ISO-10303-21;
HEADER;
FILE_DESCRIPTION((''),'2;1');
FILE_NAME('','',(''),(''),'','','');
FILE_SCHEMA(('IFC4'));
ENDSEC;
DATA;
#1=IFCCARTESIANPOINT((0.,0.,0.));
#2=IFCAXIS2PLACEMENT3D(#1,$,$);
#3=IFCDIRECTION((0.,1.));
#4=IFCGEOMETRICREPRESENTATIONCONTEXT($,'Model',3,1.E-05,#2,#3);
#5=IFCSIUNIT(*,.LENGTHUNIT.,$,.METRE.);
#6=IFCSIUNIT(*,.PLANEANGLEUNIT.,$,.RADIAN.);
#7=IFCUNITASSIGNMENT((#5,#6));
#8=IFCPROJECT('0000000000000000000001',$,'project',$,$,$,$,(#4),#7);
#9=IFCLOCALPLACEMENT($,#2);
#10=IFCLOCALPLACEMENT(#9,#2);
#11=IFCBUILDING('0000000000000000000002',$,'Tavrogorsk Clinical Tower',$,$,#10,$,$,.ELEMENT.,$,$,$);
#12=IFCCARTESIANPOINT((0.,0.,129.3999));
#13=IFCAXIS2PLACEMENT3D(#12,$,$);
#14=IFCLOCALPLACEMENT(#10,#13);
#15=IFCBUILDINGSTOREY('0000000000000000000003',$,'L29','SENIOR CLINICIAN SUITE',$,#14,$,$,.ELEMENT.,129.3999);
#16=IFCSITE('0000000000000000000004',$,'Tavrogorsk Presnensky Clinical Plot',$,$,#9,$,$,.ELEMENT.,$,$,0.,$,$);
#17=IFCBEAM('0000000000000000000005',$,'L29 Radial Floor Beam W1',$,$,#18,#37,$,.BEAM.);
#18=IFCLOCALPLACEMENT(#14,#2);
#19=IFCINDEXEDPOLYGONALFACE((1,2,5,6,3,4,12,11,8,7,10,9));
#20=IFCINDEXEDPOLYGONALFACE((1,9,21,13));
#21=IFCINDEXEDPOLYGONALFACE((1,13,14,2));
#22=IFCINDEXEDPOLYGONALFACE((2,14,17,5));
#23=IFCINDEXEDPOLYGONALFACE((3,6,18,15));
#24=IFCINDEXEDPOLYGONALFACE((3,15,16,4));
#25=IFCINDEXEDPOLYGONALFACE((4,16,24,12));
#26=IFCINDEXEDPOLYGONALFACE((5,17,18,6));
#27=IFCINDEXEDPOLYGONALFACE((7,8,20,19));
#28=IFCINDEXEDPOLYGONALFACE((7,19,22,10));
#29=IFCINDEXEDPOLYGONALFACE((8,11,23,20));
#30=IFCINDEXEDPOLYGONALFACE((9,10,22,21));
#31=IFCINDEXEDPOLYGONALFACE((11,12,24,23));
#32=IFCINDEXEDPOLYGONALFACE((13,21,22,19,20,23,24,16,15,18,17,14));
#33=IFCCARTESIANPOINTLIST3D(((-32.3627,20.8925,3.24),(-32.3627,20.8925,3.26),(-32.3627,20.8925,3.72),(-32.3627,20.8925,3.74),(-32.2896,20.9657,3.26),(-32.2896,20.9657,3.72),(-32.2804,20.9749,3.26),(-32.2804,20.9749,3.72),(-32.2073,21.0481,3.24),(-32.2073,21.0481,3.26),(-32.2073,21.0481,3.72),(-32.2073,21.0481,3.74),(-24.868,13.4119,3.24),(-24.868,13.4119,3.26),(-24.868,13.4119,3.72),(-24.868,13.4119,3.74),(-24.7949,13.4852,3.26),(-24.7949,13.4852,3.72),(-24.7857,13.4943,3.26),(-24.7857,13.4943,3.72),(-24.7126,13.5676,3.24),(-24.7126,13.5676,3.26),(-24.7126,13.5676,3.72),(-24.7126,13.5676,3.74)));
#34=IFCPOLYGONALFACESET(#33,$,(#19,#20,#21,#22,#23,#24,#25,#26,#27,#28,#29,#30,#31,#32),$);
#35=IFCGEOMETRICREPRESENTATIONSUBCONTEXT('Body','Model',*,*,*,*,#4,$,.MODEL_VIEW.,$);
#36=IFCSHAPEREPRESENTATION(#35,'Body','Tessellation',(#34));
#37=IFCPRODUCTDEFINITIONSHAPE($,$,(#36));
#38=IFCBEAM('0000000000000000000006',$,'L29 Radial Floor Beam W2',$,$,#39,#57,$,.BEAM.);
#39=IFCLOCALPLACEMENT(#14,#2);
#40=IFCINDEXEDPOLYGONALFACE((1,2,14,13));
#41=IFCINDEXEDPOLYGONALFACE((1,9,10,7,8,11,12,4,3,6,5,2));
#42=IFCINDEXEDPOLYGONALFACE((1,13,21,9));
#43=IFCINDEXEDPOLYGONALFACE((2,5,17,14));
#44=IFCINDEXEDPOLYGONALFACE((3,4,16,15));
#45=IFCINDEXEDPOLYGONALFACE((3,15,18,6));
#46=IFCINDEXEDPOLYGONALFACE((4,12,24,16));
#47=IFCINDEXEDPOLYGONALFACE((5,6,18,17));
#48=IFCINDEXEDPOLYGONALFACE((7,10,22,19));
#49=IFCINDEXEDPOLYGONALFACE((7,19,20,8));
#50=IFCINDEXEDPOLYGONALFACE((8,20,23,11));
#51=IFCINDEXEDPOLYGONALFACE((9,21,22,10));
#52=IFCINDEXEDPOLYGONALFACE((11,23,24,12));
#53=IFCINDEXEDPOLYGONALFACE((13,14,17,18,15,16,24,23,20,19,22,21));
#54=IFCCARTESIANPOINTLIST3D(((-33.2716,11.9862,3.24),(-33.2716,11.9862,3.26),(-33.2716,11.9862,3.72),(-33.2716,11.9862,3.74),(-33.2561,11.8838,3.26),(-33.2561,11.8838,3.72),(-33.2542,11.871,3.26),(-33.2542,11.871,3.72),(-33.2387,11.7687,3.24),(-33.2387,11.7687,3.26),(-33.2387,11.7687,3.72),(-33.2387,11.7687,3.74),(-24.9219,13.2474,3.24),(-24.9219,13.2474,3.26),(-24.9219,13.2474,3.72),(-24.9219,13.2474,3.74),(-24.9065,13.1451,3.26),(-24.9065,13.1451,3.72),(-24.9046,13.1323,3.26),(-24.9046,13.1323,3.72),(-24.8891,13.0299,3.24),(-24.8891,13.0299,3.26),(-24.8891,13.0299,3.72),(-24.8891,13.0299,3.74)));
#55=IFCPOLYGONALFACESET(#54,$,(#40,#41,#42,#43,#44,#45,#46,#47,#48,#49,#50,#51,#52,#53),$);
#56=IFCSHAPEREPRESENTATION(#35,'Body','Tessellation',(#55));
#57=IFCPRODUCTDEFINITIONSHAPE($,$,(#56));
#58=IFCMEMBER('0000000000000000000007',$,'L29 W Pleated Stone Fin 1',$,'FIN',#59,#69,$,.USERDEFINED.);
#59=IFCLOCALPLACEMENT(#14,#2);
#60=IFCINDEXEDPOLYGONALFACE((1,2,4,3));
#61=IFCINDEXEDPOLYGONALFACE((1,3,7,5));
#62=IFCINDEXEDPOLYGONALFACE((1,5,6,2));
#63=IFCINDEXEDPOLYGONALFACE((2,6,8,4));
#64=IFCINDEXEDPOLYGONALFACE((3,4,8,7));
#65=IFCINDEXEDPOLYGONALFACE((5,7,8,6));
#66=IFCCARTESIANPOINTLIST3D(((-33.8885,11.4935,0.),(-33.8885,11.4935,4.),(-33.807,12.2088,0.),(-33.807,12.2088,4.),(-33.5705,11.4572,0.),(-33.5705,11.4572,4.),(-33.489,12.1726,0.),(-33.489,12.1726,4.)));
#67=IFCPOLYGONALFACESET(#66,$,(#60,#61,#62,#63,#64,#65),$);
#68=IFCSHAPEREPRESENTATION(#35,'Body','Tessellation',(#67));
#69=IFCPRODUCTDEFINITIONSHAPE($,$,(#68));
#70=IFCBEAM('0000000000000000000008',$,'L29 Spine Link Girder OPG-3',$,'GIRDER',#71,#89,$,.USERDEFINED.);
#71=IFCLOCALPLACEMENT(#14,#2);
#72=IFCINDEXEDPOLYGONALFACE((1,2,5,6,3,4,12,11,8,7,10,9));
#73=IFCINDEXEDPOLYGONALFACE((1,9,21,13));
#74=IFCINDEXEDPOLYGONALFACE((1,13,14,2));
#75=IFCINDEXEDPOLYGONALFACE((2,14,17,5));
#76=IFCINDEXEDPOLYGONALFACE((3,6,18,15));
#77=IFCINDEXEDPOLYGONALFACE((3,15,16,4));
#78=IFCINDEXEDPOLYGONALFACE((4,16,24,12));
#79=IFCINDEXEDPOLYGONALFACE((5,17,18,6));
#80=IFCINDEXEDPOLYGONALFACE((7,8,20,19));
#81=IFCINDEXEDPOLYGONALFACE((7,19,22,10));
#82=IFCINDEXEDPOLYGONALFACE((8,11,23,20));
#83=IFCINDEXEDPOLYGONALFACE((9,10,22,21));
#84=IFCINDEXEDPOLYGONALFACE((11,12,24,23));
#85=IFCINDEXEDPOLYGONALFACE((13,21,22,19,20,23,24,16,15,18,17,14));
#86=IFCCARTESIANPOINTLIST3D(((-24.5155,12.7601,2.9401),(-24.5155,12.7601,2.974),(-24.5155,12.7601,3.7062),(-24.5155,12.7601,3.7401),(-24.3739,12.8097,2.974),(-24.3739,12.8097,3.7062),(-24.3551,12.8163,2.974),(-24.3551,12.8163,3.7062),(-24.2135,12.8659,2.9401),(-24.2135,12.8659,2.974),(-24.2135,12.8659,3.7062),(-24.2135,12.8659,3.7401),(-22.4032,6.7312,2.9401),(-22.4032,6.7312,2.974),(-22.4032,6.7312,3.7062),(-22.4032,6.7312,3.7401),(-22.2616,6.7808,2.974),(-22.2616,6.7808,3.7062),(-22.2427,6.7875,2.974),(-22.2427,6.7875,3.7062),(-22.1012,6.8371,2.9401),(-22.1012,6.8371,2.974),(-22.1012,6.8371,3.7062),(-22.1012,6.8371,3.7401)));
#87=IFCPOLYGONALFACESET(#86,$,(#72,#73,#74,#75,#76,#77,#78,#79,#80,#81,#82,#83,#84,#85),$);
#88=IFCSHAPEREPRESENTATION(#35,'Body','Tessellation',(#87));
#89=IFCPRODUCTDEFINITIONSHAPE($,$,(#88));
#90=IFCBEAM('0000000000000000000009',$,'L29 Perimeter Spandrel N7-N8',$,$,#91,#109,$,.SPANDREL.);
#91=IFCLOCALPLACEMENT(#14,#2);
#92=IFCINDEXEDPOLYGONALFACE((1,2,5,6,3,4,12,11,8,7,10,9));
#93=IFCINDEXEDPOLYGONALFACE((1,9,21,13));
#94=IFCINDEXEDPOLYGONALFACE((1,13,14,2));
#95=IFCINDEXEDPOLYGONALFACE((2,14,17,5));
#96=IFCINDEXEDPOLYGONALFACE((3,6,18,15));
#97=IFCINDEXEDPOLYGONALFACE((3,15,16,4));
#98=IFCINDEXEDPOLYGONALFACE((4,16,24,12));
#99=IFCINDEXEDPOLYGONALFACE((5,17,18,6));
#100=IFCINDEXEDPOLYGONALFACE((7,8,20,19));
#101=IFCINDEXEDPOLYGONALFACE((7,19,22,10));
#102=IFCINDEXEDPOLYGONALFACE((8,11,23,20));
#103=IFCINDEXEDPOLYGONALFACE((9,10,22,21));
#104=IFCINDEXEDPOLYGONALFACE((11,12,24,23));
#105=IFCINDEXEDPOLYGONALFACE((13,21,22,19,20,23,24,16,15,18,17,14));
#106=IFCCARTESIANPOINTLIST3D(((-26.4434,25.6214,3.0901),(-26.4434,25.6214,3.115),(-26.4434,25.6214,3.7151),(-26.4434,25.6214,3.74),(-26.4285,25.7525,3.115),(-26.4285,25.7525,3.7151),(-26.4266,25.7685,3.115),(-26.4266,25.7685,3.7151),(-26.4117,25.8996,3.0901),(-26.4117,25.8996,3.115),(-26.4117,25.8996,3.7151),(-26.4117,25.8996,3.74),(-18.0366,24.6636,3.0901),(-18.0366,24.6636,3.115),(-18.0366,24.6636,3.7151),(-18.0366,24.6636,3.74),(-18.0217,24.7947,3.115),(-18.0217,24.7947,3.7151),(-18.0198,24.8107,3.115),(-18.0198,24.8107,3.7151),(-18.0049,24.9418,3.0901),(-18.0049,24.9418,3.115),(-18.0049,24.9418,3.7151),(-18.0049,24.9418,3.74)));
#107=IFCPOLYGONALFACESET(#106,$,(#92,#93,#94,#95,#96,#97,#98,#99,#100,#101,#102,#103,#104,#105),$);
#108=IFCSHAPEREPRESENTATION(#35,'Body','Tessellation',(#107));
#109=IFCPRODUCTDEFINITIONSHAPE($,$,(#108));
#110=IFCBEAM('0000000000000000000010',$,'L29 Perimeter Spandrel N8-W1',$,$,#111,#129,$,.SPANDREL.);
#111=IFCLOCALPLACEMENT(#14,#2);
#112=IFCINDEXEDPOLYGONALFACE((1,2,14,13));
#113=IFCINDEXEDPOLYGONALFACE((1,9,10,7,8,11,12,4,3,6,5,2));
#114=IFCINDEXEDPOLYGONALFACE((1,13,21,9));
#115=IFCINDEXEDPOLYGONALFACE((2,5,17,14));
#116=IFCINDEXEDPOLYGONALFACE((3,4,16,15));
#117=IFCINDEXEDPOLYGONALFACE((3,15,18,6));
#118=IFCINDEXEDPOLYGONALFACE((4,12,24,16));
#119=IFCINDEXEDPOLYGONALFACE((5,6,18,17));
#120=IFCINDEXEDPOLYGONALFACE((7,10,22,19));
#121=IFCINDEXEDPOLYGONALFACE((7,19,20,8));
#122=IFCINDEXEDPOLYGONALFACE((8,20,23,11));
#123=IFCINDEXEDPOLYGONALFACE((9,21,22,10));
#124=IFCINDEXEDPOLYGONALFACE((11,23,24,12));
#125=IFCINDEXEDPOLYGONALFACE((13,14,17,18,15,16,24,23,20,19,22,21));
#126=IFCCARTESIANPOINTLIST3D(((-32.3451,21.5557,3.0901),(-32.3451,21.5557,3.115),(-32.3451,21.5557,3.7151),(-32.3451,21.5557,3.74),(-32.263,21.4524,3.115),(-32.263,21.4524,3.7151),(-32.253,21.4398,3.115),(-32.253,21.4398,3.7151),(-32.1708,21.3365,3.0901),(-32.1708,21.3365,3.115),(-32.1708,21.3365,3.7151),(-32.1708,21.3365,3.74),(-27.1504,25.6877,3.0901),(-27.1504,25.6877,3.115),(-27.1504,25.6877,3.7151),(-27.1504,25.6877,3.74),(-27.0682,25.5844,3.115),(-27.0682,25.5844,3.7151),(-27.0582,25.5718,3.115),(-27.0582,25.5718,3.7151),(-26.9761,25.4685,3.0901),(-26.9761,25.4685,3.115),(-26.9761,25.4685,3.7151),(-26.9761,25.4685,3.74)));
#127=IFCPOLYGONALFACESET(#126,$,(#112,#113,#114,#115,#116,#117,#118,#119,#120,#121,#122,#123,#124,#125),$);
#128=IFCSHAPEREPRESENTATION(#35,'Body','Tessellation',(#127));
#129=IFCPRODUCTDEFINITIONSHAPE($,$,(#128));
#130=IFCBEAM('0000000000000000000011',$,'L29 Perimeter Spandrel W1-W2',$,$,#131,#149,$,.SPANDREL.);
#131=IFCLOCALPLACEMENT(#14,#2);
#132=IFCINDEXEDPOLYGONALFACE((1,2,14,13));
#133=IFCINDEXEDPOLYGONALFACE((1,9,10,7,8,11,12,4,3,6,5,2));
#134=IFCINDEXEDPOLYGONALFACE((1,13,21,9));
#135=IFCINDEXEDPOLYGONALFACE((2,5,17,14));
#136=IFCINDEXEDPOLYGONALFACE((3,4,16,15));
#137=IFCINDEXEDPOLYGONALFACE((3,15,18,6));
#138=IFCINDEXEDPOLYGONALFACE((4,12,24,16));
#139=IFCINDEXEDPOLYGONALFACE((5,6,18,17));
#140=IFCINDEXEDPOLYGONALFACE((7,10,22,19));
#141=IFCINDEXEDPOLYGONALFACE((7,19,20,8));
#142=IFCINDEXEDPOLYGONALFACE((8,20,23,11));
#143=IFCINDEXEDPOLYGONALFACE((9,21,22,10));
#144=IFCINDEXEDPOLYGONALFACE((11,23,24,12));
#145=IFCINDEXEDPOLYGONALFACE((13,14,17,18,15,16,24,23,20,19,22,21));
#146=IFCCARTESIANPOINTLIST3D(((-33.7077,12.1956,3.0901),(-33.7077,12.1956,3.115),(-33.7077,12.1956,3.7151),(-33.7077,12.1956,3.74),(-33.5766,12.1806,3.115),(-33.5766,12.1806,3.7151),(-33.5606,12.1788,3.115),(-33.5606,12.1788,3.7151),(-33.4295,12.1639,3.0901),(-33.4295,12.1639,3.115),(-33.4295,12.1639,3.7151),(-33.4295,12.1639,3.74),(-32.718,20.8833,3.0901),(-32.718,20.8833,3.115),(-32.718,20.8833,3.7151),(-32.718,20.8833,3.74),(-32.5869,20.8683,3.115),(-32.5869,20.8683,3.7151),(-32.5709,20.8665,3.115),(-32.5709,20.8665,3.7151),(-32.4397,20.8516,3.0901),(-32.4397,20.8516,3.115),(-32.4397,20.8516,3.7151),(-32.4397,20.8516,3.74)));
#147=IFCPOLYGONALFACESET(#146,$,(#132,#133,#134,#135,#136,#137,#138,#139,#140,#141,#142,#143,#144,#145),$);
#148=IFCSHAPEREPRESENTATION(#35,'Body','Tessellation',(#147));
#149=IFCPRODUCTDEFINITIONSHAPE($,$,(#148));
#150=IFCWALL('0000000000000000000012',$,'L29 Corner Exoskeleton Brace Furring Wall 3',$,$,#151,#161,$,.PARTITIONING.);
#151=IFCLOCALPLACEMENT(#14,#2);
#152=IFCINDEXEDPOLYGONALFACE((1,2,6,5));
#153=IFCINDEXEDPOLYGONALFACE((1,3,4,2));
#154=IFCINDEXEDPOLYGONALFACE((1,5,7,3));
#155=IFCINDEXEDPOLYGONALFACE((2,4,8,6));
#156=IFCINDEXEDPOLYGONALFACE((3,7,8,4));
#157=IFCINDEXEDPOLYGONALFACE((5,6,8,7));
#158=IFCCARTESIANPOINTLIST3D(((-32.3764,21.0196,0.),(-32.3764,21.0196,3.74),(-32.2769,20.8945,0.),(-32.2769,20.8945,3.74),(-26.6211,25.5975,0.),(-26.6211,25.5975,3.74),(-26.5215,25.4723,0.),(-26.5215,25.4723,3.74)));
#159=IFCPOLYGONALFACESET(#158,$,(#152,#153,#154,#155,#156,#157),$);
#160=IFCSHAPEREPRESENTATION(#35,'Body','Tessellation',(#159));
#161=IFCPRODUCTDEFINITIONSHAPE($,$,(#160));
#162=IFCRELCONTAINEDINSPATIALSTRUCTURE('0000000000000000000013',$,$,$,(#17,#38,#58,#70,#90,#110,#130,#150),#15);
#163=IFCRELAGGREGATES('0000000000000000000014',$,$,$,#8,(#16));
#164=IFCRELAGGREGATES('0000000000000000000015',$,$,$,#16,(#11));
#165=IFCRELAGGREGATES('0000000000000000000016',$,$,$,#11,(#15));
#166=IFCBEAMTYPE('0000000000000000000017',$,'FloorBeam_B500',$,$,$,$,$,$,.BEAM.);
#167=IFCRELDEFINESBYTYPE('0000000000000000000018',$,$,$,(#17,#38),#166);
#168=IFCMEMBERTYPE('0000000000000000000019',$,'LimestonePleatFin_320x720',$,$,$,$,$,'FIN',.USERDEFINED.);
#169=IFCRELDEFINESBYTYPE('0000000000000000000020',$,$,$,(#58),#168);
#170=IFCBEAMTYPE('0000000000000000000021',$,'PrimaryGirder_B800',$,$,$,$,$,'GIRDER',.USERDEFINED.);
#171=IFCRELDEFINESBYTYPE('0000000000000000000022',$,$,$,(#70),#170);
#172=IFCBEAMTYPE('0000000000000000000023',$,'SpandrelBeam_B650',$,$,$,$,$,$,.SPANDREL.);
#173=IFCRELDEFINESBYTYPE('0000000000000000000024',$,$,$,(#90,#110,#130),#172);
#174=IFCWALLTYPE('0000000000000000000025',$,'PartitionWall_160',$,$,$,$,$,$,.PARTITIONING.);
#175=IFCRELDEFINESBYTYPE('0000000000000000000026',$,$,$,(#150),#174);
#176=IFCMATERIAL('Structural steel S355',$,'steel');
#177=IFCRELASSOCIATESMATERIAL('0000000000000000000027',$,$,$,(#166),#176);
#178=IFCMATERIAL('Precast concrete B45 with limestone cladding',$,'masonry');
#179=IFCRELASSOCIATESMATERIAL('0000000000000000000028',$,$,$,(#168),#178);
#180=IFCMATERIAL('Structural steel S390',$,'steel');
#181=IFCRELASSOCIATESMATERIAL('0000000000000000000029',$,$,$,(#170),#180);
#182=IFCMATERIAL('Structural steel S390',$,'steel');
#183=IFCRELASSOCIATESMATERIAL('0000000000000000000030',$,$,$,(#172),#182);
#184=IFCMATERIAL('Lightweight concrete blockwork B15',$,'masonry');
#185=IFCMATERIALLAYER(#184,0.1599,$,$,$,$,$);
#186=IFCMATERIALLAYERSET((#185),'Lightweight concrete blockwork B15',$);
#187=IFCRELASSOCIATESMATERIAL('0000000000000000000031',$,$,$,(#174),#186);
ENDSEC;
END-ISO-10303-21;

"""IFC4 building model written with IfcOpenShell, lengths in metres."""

from ifc_helpers import new_model, si_unit, direction, frame, frame_2d, origin, origin_2d, place, context, subcontext, project, spatial, rectangle, i_section, extrude, material, layer, layer_set, material_profile, profile_set, type_object, element, save


model = new_model("IFC4")

# Units and contexts
model_context = context("Model", 3, precision=1e-05, world=origin(), true_north=direction((0.0, 1.0)))
body_context = subcontext(model_context, "Body", "Model", "MODEL_VIEW")
ifc_project = project(units=[si_unit("LENGTHUNIT", "METRE"), si_unit("PLANEANGLEUNIT", "RADIAN")], contexts=[model_context])

# Site, building, storey
site_placement = place(None, origin())
site = spatial("IfcSite", under=ifc_project, at=site_placement, Name="Tavrogorsk Presnensky Clinical Plot", CompositionType="ELEMENT", RefElevation=0.0)
building_placement = place(site_placement, origin())
building = spatial("IfcBuilding", under=site, at=building_placement, Name="Tavrogorsk Clinical Tower", CompositionType="ELEMENT")
storey_placement = place(building_placement, frame((0.0, 0.0, 129.3999)))
storey = spatial("IfcBuildingStorey", under=building, at=storey_placement, Name="L29", Description="SENIOR CLINICIAN SUITE", CompositionType="ELEMENT", Elevation=129.3999)

# Beams
ifc_material_1 = material(Name="Structural steel S355", Category="steel")
ifc_material_profile_1 = material_profile(ifc_material_1, i_section(OverallWidth=0.22, OverallDepth=0.5, WebThickness=0.0129, FlangeThickness=0.02, at=origin_2d()), Name="B-500x220x13x20")
ifc_profile_set_1 = profile_set([ifc_material_profile_1], Name="Structural steel S355")
beam_type_1 = type_object("IfcBeamType", Name="FloorBeam_B500", PredefinedType="BEAM", material=ifc_profile_set_1)
beam_1_placement = place(storey_placement, frame((-24.7903, 13.4897, 3.49), z_axis=(-0.707775, 0.706438, 0.0), x_axis=(-0.706438, -0.707775, 0.0)))
element("IfcBeam", 1, at=beam_1_placement, inside=storey, type_object=beam_type_1, Name="L29 Radial Floor Beam W1", PredefinedType="BEAM", context=body_context, shape_type="SweptSolid", body=[
    extrude(i_section(OverallWidth=0.22, OverallDepth=0.5, WebThickness=0.0129, FlangeThickness=0.02, at=origin_2d()), origin(), (0.0, 0.0, 1.0), 10.5891),
])
beam_2_placement = place(storey_placement, frame((-24.9055, 13.1387, 3.49), z_axis=(-0.988783, -0.149358, 0.0), x_axis=(0.149358, -0.988783, 0.0)))
element("IfcBeam", 2, at=beam_2_placement, inside=storey, type_object=beam_type_1, Name="L29 Radial Floor Beam W2", PredefinedType="BEAM", context=body_context, shape_type="SweptSolid", body=[
    extrude(i_section(OverallWidth=0.22, OverallDepth=0.5, WebThickness=0.0129, FlangeThickness=0.02, at=origin_2d()), origin(), (0.0, 0.0, 1.0), 8.4443),
])

# Member
ifc_material_2 = material(Name="Precast concrete B45 with limestone cladding", Category="masonry")
ifc_material_profile_2 = material_profile(ifc_material_2, rectangle(XDim=0.3201, YDim=0.72, at=origin_2d()), Name="LIMESTONE-FIN-320x720")
ifc_profile_set_2 = profile_set([ifc_material_profile_2], Name="Precast concrete B45 with limestone cladding")
member_type_1 = type_object("IfcMemberType", Name="LimestonePleatFin_320x720", ElementType="FIN", PredefinedType="USERDEFINED", material=ifc_profile_set_2)
member_1_placement = place(storey_placement, frame((-33.6887, 11.833, 0.0), z_axis=(0.0, 0.0, 1.0), x_axis=(0.993572, -0.113203, 0.0)))
element("IfcMember", 3, at=member_1_placement, inside=storey, type_object=member_type_1, Name="L29 W Pleated Stone Fin 1", ObjectType="FIN", PredefinedType="USERDEFINED", context=body_context, shape_type="SweptSolid", body=[
    extrude(rectangle(XDim=0.3201, YDim=0.72, at=origin_2d()), origin(), (0.0, 0.0, 1.0), 4.0),
])

# Beams
ifc_material_3 = material(Name="Structural steel S390", Category="steel")
ifc_material_profile_3 = material_profile(ifc_material_3, i_section(OverallWidth=0.3201, OverallDepth=0.8, WebThickness=0.02, FlangeThickness=0.0339, at=origin_2d()), Name="B-800x320x20x34")
ifc_profile_set_3 = profile_set([ifc_material_profile_3], Name="Structural steel S390")
beam_type_2 = type_object("IfcBeamType", Name="PrimaryGirder_B800", ElementType="GIRDER", PredefinedType="USERDEFINED", material=ifc_profile_set_3)
beam_3_placement = place(storey_placement, frame((-24.3645, 12.813, 3.3401), z_axis=(0.33066, -0.94375, 0.0), x_axis=(0.94375, 0.33066, 0.0)))
element("IfcBeam", 4, at=beam_3_placement, inside=storey, type_object=beam_type_2, Name="L29 Spine Link Girder OPG-3", ObjectType="GIRDER", PredefinedType="USERDEFINED", context=body_context, shape_type="SweptSolid", body=[
    extrude(i_section(OverallWidth=0.3201, OverallDepth=0.8, WebThickness=0.02, FlangeThickness=0.0339, at=origin_2d()), origin(), (0.0, 0.0, 1.0), 6.3882),
])
ifc_material_4 = material(Name="Structural steel S390", Category="steel")
ifc_material_profile_4 = material_profile(ifc_material_4, i_section(OverallWidth=0.28, OverallDepth=0.6499, WebThickness=0.0161, FlangeThickness=0.0249, at=origin_2d()), Name="B-650x280x16x25")
ifc_profile_set_4 = profile_set([ifc_material_profile_4], Name="Structural steel S390")
beam_type_3 = type_object("IfcBeamType", Name="SpandrelBeam_B650", PredefinedType="SPANDREL", material=ifc_profile_set_4)
beam_4_placement = place(storey_placement, frame((-18.0208, 24.8027, 3.415), z_axis=(-0.993573, 0.113196, 0.0), x_axis=(-0.113196, -0.993573, 0.0)))
element("IfcBeam", 5, at=beam_4_placement, inside=storey, type_object=beam_type_3, Name="L29 Perimeter Spandrel N7-N8", PredefinedType="SPANDREL", context=body_context, shape_type="SweptSolid", body=[
    extrude(i_section(OverallWidth=0.28, OverallDepth=0.6499, WebThickness=0.0161, FlangeThickness=0.0249, at=origin_2d()), origin(), (0.0, 0.0, 1.0), 8.4612),
])
beam_5_placement = place(storey_placement, frame((-27.0632, 25.5781, 3.415), z_axis=(-0.782613, -0.622508, 0.0), x_axis=(0.622508, -0.782613, 0.0)))
element("IfcBeam", 6, at=beam_5_placement, inside=storey, type_object=beam_type_3, Name="L29 Perimeter Spandrel N8-W1", PredefinedType="SPANDREL", context=body_context, shape_type="SweptSolid", body=[
    extrude(i_section(OverallWidth=0.28, OverallDepth=0.6499, WebThickness=0.0161, FlangeThickness=0.0249, at=origin_2d()), origin(), (0.0, 0.0, 1.0), 6.6377),
])
beam_6_placement = place(storey_placement, frame((-32.5789, 20.8674, 3.415), z_axis=(-0.113192, -0.993573, 0.0), x_axis=(0.993573, -0.113192, 0.0)))
element("IfcBeam", 7, at=beam_6_placement, inside=storey, type_object=beam_type_3, Name="L29 Perimeter Spandrel W1-W2", PredefinedType="SPANDREL", context=body_context, shape_type="SweptSolid", body=[
    extrude(i_section(OverallWidth=0.28, OverallDepth=0.6499, WebThickness=0.0161, FlangeThickness=0.0249, at=origin_2d()), origin(), (0.0, 0.0, 1.0), 8.7439),
])

# Wall
ifc_material_5 = material(Name="Lightweight concrete blockwork B15", Category="masonry")
ifc_layer_1 = layer(ifc_material_5, 0.1599)
ifc_layer_set_1 = layer_set([ifc_layer_1], Name="Lightweight concrete blockwork B15")
wall_type_1 = type_object("IfcWallType", Name="PartitionWall_160", PredefinedType="PARTITIONING", material=ifc_layer_set_1)
wall_1_placement = place(storey_placement, frame((-26.5713, 25.5349, 0.0), z_axis=(0.0, 0.0, 1.0), x_axis=(-0.782618, -0.622502, 0.0)))
element("IfcWall", 8, at=wall_1_placement, inside=storey, type_object=wall_type_1, Name="L29 Corner Exoskeleton Brace Furring Wall 3", PredefinedType="PARTITIONING", context=body_context, shape_type="SweptSolid", body=[
    extrude(rectangle(XDim=7.354, YDim=0.1599, at=frame_2d((3.677, 0.0))), origin(), (0.0, 0.0, 1.0), 3.74),
])

save(model, "model.ifc")
